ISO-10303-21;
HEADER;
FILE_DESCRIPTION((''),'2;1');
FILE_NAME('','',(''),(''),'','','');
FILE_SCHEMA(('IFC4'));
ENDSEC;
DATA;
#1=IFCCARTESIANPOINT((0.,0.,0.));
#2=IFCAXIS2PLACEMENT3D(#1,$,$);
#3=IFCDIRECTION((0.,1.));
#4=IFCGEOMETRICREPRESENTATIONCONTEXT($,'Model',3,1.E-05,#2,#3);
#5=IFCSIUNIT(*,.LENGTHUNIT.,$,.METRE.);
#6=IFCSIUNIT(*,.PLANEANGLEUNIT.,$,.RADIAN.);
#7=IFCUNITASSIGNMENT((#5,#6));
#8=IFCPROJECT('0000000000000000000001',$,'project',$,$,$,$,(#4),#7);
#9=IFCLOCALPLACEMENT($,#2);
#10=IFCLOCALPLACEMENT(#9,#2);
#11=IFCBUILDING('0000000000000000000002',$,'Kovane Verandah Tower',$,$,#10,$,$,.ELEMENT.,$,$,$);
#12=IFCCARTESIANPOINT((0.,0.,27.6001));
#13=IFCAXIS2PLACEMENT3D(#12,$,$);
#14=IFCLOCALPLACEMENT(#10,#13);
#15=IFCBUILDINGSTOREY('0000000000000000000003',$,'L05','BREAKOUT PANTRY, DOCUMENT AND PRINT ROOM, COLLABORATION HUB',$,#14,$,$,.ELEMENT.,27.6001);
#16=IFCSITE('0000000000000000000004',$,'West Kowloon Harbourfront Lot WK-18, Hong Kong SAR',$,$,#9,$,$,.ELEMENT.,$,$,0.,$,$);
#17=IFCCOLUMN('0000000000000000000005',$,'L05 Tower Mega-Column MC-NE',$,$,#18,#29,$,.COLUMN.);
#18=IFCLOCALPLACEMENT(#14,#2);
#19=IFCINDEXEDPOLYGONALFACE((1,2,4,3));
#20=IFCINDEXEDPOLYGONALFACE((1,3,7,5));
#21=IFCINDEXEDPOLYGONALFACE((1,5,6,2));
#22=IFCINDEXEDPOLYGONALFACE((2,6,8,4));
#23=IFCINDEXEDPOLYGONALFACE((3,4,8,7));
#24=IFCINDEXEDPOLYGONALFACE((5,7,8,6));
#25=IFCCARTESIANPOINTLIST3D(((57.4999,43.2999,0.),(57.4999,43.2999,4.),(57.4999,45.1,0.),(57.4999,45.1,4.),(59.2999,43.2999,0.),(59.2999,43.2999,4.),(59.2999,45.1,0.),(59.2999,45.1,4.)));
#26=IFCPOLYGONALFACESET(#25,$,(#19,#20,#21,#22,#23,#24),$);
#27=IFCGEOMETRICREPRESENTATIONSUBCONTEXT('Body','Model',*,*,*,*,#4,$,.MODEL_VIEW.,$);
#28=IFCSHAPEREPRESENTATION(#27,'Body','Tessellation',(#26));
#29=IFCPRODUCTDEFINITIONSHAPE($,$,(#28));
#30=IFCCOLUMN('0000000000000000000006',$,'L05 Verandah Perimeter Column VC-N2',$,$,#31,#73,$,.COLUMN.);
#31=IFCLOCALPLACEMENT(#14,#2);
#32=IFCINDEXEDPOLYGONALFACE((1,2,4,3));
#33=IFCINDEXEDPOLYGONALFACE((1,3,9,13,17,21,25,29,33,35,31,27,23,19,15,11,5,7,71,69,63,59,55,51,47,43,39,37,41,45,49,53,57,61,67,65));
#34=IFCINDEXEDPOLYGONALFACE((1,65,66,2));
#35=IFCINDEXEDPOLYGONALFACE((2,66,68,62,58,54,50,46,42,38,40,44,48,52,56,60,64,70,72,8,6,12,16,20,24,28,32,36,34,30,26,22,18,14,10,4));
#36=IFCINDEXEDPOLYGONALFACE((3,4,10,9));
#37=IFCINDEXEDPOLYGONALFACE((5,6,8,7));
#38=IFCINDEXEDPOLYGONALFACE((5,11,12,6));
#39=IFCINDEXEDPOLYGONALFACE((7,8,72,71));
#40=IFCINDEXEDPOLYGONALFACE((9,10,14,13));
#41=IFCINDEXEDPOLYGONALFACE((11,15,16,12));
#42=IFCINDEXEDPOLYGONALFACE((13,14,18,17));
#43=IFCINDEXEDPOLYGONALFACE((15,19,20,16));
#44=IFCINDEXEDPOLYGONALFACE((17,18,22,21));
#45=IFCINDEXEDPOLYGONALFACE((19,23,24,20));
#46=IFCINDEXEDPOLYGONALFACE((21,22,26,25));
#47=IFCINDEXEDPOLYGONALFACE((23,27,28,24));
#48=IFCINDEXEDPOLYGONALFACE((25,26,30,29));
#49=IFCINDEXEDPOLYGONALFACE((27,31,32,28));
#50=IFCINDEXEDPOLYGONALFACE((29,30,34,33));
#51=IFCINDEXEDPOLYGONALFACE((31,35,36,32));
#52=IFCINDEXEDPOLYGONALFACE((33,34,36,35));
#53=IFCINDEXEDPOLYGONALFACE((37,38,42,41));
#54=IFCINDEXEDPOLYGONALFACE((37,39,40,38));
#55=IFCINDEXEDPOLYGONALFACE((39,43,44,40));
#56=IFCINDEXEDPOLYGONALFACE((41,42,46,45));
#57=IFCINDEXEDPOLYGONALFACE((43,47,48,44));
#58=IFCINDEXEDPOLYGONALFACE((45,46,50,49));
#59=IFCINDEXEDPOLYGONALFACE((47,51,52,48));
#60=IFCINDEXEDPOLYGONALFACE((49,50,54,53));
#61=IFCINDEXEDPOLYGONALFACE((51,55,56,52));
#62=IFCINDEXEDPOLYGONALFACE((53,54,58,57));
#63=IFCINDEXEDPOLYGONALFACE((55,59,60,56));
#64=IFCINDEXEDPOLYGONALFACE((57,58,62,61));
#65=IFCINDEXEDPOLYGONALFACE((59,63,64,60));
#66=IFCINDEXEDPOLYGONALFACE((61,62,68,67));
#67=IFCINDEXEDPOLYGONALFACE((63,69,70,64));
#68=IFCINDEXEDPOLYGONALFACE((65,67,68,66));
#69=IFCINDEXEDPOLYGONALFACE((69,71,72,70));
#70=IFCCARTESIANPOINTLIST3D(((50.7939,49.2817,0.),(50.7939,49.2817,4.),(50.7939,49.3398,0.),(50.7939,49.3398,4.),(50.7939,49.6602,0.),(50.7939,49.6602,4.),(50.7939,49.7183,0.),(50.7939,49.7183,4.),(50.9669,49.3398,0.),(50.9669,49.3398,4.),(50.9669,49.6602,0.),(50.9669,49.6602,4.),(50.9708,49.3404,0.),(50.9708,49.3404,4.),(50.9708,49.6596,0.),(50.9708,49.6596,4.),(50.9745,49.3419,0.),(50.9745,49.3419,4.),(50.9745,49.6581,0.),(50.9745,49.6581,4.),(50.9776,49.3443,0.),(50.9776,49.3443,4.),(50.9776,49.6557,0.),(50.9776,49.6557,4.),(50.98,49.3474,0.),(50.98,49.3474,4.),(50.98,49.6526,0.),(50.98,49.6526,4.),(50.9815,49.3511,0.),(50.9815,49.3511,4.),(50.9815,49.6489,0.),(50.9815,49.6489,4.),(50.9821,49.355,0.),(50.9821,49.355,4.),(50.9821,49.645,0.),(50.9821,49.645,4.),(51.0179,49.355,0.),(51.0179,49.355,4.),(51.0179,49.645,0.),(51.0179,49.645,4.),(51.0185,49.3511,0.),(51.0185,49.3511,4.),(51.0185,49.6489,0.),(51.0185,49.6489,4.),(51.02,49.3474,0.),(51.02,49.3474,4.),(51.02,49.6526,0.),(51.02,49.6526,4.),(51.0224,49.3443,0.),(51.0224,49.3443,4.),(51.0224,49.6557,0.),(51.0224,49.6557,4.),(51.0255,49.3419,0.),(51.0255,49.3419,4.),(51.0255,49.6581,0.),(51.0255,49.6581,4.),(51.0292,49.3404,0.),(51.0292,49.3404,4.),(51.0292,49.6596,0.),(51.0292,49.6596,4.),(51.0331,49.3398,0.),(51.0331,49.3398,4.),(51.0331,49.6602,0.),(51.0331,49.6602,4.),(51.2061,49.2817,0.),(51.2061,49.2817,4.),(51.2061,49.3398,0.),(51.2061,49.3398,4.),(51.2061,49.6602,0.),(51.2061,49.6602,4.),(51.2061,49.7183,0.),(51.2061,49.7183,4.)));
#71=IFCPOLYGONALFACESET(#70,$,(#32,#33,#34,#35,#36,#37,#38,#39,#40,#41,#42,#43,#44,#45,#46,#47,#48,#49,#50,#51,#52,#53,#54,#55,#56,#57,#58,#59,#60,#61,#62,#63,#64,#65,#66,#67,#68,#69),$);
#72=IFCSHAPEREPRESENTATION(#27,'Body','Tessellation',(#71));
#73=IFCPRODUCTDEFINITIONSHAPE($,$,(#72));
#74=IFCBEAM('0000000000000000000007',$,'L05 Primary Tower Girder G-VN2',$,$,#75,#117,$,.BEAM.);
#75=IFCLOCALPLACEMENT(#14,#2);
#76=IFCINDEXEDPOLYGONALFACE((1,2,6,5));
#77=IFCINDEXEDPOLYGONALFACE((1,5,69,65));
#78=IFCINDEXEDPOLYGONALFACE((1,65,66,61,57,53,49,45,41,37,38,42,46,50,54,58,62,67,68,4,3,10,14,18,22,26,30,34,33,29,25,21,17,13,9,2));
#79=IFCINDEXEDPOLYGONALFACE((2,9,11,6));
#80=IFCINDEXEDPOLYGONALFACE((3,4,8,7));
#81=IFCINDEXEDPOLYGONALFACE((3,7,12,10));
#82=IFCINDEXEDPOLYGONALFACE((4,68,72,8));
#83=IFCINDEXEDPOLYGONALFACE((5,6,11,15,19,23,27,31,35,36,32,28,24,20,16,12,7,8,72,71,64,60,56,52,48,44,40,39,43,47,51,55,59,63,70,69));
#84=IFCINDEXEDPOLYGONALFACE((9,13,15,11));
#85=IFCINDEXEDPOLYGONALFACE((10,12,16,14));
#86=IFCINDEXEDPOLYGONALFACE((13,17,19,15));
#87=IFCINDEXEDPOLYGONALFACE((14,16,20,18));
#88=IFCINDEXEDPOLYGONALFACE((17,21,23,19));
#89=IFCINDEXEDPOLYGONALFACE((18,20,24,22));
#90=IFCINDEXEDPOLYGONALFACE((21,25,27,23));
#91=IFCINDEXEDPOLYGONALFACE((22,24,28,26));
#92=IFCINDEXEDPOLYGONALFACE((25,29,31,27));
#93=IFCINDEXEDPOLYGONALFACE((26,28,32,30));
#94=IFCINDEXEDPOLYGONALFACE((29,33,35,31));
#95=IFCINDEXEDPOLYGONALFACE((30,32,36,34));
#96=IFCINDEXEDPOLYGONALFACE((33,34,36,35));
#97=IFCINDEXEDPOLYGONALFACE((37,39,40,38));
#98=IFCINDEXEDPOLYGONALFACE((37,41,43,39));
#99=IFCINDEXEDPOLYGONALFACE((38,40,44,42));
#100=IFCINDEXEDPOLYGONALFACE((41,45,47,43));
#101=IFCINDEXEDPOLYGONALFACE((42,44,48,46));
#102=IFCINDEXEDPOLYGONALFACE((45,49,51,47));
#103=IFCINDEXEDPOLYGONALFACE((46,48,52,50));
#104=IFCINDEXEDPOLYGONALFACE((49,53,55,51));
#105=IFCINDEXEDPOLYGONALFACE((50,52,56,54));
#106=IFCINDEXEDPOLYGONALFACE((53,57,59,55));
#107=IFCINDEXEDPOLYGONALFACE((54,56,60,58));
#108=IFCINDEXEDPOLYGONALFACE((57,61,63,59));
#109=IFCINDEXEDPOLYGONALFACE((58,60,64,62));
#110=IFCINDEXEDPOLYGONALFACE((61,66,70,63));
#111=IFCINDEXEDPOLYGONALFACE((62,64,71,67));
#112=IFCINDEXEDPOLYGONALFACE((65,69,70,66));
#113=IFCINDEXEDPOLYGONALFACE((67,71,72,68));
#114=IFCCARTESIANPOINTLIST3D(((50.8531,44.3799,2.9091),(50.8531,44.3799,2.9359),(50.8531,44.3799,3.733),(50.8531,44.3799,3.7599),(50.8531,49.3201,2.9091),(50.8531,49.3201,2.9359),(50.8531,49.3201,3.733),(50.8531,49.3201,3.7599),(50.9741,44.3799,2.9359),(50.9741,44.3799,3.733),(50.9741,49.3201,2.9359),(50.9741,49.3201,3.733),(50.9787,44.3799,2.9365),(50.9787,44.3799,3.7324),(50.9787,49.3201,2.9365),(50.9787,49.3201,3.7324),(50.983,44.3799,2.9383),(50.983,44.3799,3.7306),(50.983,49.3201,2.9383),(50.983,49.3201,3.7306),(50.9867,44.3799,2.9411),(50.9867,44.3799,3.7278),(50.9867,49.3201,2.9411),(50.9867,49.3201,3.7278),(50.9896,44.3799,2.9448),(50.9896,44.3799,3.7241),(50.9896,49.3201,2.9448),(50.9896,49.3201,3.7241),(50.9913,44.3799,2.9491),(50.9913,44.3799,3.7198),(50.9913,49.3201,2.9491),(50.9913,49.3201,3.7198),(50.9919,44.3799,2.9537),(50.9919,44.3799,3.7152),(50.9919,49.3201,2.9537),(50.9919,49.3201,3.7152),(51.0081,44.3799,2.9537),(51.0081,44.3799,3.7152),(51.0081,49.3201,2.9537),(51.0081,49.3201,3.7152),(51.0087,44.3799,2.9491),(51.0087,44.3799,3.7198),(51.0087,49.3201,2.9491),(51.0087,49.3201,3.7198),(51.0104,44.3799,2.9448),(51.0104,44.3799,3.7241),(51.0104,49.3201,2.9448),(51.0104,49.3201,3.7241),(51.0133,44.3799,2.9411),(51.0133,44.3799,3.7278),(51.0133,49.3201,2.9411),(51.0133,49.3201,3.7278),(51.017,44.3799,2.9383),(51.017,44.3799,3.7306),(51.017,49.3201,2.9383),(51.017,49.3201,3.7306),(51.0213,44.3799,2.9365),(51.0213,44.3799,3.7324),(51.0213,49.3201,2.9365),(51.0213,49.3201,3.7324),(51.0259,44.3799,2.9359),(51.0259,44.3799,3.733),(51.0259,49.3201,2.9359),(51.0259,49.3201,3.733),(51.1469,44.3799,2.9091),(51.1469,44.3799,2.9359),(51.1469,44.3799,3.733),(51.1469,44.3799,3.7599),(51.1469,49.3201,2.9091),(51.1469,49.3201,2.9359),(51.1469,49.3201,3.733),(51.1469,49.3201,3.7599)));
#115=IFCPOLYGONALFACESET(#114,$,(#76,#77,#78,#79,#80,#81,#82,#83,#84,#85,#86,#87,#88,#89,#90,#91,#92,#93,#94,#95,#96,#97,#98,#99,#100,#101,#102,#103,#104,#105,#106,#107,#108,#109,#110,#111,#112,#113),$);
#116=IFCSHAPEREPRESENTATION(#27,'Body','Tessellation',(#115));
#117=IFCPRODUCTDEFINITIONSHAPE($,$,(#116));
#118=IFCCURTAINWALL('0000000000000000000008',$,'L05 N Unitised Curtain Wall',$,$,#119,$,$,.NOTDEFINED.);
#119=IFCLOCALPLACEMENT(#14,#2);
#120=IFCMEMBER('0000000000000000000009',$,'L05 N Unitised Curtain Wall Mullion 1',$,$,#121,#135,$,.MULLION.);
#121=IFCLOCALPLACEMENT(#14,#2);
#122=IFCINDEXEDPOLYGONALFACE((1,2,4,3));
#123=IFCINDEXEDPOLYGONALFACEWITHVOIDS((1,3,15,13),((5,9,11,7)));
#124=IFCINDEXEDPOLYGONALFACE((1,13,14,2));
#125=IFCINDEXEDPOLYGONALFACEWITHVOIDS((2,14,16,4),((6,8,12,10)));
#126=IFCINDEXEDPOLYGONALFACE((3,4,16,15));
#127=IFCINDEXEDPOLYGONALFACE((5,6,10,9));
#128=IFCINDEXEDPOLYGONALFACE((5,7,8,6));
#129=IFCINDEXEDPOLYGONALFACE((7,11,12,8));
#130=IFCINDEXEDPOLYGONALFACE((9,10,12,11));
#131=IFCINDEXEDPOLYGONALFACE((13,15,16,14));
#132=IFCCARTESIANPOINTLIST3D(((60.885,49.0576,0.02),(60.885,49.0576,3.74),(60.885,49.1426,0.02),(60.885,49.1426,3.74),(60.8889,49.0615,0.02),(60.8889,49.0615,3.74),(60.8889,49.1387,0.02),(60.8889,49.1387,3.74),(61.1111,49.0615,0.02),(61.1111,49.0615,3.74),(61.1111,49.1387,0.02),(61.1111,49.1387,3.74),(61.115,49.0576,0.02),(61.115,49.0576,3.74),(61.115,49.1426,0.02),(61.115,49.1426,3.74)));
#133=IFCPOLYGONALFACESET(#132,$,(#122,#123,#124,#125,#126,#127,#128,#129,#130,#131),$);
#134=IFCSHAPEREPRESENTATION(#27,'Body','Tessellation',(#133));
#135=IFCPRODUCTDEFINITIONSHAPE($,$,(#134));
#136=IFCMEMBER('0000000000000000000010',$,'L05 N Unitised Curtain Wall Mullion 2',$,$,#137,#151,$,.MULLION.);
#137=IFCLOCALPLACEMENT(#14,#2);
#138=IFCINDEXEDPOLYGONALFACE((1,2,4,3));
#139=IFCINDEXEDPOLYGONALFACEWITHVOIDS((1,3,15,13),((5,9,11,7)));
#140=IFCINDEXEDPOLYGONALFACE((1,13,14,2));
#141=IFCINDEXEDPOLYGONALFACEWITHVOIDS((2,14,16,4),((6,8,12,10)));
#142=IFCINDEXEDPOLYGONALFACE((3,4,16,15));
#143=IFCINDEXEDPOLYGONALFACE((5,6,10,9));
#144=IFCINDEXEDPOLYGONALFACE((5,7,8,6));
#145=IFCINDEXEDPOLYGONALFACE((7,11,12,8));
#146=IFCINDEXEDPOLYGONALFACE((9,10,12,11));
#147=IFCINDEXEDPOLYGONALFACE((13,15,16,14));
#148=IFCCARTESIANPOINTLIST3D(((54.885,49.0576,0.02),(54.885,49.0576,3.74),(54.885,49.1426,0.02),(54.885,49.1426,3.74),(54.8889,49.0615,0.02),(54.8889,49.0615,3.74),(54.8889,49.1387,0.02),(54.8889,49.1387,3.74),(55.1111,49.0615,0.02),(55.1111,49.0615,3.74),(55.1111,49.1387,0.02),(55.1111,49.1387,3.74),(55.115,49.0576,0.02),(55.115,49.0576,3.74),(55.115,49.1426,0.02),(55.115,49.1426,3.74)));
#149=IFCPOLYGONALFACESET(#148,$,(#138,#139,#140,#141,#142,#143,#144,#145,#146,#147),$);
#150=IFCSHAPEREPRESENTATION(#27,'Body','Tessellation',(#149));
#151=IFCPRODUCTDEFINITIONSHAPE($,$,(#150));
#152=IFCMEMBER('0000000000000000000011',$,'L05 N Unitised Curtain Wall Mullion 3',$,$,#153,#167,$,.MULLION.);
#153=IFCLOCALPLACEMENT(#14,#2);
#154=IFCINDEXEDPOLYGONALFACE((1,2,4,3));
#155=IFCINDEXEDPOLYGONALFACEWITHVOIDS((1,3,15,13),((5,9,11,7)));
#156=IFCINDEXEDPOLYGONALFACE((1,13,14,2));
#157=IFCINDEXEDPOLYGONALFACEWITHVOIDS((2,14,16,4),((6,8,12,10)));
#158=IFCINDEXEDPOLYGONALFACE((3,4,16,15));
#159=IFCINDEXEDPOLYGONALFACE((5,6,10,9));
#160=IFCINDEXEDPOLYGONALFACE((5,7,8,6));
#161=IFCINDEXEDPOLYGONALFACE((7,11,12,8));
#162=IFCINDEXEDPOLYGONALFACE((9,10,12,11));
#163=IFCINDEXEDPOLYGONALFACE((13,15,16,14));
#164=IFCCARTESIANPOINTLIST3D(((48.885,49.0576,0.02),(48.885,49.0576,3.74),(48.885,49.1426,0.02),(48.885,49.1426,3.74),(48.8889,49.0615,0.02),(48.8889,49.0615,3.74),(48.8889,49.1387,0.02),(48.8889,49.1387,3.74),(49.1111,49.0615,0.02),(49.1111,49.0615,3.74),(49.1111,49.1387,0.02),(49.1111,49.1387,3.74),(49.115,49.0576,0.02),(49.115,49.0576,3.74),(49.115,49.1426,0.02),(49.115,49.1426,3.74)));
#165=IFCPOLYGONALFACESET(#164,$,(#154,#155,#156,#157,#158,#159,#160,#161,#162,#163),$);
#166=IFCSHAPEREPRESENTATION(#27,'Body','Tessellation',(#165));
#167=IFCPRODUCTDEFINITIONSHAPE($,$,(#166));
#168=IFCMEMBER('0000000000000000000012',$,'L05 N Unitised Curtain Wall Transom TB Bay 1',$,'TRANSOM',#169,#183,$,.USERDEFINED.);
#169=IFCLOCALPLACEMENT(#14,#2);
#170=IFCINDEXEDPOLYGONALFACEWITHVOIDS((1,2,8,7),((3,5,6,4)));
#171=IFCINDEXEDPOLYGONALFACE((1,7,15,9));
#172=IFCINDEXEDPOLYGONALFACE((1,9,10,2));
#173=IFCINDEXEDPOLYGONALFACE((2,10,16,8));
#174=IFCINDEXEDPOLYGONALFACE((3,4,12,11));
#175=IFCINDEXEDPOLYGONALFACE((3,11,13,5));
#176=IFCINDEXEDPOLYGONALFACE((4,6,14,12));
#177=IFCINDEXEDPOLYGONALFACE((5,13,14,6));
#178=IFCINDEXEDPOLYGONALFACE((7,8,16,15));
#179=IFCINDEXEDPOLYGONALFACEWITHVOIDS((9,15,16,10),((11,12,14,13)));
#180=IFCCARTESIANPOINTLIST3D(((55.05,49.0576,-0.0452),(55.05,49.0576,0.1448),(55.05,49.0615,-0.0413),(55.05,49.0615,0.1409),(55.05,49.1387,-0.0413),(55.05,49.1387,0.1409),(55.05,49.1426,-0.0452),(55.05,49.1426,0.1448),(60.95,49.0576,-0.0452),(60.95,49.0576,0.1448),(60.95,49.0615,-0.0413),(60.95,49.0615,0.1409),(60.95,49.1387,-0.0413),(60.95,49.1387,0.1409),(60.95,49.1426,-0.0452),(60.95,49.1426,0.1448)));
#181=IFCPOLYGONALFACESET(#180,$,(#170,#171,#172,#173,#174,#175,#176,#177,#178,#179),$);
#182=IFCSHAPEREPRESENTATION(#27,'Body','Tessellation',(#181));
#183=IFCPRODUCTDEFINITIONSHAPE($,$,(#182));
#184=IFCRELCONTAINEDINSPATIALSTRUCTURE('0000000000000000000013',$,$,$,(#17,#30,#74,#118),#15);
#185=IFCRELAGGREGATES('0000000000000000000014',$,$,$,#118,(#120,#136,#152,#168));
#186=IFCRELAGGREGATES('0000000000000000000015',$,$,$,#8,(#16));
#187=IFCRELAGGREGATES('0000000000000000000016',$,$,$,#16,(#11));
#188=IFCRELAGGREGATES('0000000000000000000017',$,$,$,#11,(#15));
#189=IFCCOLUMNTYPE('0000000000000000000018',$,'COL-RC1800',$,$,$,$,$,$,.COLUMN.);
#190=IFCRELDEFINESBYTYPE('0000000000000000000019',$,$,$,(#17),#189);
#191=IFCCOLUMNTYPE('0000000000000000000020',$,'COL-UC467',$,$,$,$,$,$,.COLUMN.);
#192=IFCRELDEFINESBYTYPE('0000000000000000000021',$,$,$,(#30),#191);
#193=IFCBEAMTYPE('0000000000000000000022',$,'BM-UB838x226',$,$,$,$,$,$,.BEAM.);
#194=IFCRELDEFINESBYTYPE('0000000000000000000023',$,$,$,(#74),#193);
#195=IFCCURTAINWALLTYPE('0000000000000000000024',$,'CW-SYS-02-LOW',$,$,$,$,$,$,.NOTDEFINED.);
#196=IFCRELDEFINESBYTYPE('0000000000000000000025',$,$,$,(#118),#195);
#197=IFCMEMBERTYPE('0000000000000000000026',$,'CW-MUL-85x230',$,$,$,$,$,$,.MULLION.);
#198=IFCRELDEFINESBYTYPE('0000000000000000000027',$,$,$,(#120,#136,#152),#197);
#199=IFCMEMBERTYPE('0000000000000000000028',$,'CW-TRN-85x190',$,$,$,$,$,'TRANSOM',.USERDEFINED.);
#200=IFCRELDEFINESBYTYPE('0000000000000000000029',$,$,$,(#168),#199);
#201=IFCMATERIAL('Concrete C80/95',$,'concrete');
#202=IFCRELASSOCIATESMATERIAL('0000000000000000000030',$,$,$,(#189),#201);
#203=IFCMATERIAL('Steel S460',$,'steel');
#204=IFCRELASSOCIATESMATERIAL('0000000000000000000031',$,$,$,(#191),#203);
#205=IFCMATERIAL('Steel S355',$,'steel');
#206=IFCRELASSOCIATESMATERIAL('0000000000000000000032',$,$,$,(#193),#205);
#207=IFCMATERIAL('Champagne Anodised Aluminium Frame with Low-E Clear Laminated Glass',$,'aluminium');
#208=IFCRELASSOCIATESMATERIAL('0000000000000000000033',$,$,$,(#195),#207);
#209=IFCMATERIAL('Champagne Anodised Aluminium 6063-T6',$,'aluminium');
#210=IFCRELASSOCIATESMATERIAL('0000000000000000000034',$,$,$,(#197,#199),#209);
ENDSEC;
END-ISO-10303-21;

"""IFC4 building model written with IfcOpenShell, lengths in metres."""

from ifc_helpers import new_model, si_unit, direction, frame, origin, origin_2d, place, context, subcontext, project, spatial, rectangle, hollow_rectangle, i_section, extrude, material, material_profile, profile_set, type_object, element, aggregate, save


model = new_model("IFC4")

# Units and contexts
model_context = context("Model", 3, precision=1e-05, world=origin(), true_north=direction((0.0, 1.0)))
body_context = subcontext(model_context, "Body", "Model", "MODEL_VIEW")
ifc_project = project(units=[si_unit("LENGTHUNIT", "METRE"), si_unit("PLANEANGLEUNIT", "RADIAN")], contexts=[model_context])

# Site, building, storey
site_placement = place(None, origin())
site = spatial("IfcSite", under=ifc_project, at=site_placement, Name="West Kowloon Harbourfront Lot WK-18, Hong Kong SAR", CompositionType="ELEMENT", RefElevation=0.0)
building_placement = place(site_placement, origin())
building = spatial("IfcBuilding", under=site, at=building_placement, Name="Kovane Verandah Tower", CompositionType="ELEMENT")
storey_placement = place(building_placement, frame((0.0, 0.0, 27.6001)))
storey = spatial("IfcBuildingStorey", under=building, at=storey_placement, Name="L05", Description="BREAKOUT PANTRY, DOCUMENT AND PRINT ROOM, COLLABORATION HUB", CompositionType="ELEMENT", Elevation=27.6001)

# Columns
ifc_material_1 = material(Name="Concrete C80/95", Category="concrete")
ifc_material_profile_1 = material_profile(ifc_material_1, rectangle(XDim=1.8, YDim=1.8, at=origin_2d()), Name="RC1800x1800")
ifc_profile_set_1 = profile_set([ifc_material_profile_1], Name="Concrete C80/95")
column_type_1 = type_object("IfcColumnType", Name="COL-RC1800", PredefinedType="COLUMN", material=ifc_profile_set_1)
column_1_placement = place(storey_placement, frame((58.3999, 44.2, 0.0), z_axis=(0.0, 0.0, 1.0), x_axis=(1.0, 0.0, 0.0)))
element("IfcColumn", 1, at=column_1_placement, inside=storey, type_object=column_type_1, Name="L05 Tower Mega-Column MC-NE", PredefinedType="COLUMN", context=body_context, shape_type="SweptSolid", body=[
    extrude(rectangle(XDim=1.8, YDim=1.8, at=origin_2d()), origin(), (0.0, 0.0, 1.0), 4.0),
])
ifc_material_2 = material(Name="Steel S460", Category="steel")
ifc_material_profile_2 = material_profile(ifc_material_2, i_section(OverallWidth=0.4121, OverallDepth=0.4365, WebThickness=0.0359, FlangeThickness=0.0581, FilletRadius=0.0151, at=origin_2d()), Name="UC356x406x467")
ifc_profile_set_2 = profile_set([ifc_material_profile_2], Name="Steel S460")
column_type_2 = type_object("IfcColumnType", Name="COL-UC467", PredefinedType="COLUMN", material=ifc_profile_set_2)
column_2_placement = place(storey_placement, frame((51.0, 49.5, 0.0), z_axis=(0.0, 0.0, 1.0), x_axis=(1.0, 0.0, 0.0)))
element("IfcColumn", 2, at=column_2_placement, inside=storey, type_object=column_type_2, Name="L05 Verandah Perimeter Column VC-N2", PredefinedType="COLUMN", context=body_context, shape_type="SweptSolid", body=[
    extrude(i_section(OverallWidth=0.4121, OverallDepth=0.4365, WebThickness=0.0359, FlangeThickness=0.0581, FilletRadius=0.0151, at=origin_2d()), origin(), (0.0, 0.0, 1.0), 4.0),
])

# Beam
ifc_material_3 = material(Name="Steel S355", Category="steel")
ifc_material_profile_3 = material_profile(ifc_material_3, i_section(OverallWidth=0.2937, OverallDepth=0.8508, WebThickness=0.0161, FlangeThickness=0.0269, FilletRadius=0.0178, at=origin_2d()), Name="UB838x292x226")
ifc_profile_set_3 = profile_set([ifc_material_profile_3], Name="Steel S355")
beam_type = type_object("IfcBeamType", Name="BM-UB838x226", PredefinedType="BEAM", material=ifc_profile_set_3)
beam_placement = place(storey_placement, frame((51.0, 44.3799, 3.3345), z_axis=(0.0, 1.0, 0.0), x_axis=(-1.0, 0.0, 0.0)))
element("IfcBeam", 3, at=beam_placement, inside=storey, type_object=beam_type, Name="L05 Primary Tower Girder G-VN2", PredefinedType="BEAM", context=body_context, shape_type="SweptSolid", body=[
    extrude(i_section(OverallWidth=0.2937, OverallDepth=0.8508, WebThickness=0.0161, FlangeThickness=0.0269, FilletRadius=0.0178, at=origin_2d()), origin(), (0.0, 0.0, 1.0), 4.9402),
])

# Curtain wall, members
ifc_material_4 = material(Name="Champagne Anodised Aluminium Frame with Low-E Clear Laminated Glass", Category="aluminium")
curtain_wall_type = type_object("IfcCurtainWallType", Name="CW-SYS-02-LOW", PredefinedType="NOTDEFINED", material=ifc_material_4)
curtain_wall_placement = place(storey_placement, origin())
curtain_wall = element("IfcCurtainWall", 4, at=curtain_wall_placement, inside=storey, type_object=curtain_wall_type, Name="L05 N Unitised Curtain Wall", PredefinedType="NOTDEFINED")
ifc_material_5 = material(Name="Champagne Anodised Aluminium 6063-T6", Category="aluminium")
ifc_material_profile_4 = material_profile(ifc_material_5, hollow_rectangle(XDim=0.085, YDim=0.23, WallThickness=0.0039, at=origin_2d()), Name="AL85x230x4")
ifc_profile_set_4 = profile_set([ifc_material_profile_4], Name="Champagne Anodised Aluminium 6063-T6")
member_type_1 = type_object("IfcMemberType", Name="CW-MUL-85x230", PredefinedType="MULLION", material=ifc_profile_set_4)
member_1_placement = place(storey_placement, frame((61.0, 49.1001, 0.02), z_axis=(0.0, 0.0, 1.0), x_axis=(0.0, 1.0, 0.0)))
member_1 = element("IfcMember", 5, at=member_1_placement, type_object=member_type_1, Name="L05 N Unitised Curtain Wall Mullion 1", PredefinedType="MULLION", context=body_context, shape_type="SweptSolid", body=[
    extrude(hollow_rectangle(XDim=0.085, YDim=0.23, WallThickness=0.0039, at=origin_2d()), origin(), (0.0, 0.0, 1.0), 3.72),
])
member_2_placement = place(storey_placement, frame((55.0, 49.1001, 0.02), z_axis=(0.0, 0.0, 1.0), x_axis=(0.0, 1.0, 0.0)))
member_2 = element("IfcMember", 6, at=member_2_placement, type_object=member_type_1, Name="L05 N Unitised Curtain Wall Mullion 2", PredefinedType="MULLION", context=body_context, shape_type="SweptSolid", body=[
    extrude(hollow_rectangle(XDim=0.085, YDim=0.23, WallThickness=0.0039, at=origin_2d()), origin(), (0.0, 0.0, 1.0), 3.72),
])
member_3_placement = place(storey_placement, frame((49.0, 49.1001, 0.02), z_axis=(0.0, 0.0, 1.0), x_axis=(0.0, 1.0, 0.0)))
member_3 = element("IfcMember", 7, at=member_3_placement, type_object=member_type_1, Name="L05 N Unitised Curtain Wall Mullion 3", PredefinedType="MULLION", context=body_context, shape_type="SweptSolid", body=[
    extrude(hollow_rectangle(XDim=0.085, YDim=0.23, WallThickness=0.0039, at=origin_2d()), origin(), (0.0, 0.0, 1.0), 3.72),
])
ifc_material_profile_5 = material_profile(ifc_material_5, hollow_rectangle(XDim=0.085, YDim=0.1899, WallThickness=0.0039, at=origin_2d()), Name="AL85x190x4")
ifc_profile_set_5 = profile_set([ifc_material_profile_5], Name="Champagne Anodised Aluminium 6063-T6")
member_type_2 = type_object("IfcMemberType", Name="CW-TRN-85x190", ElementType="TRANSOM", PredefinedType="USERDEFINED", material=ifc_profile_set_5)
member_4_placement = place(storey_placement, frame((60.95, 49.1001, 0.0498), z_axis=(-1.0, 0.0, 0.0), x_axis=(0.0, -1.0, 0.0)))
member_4 = element("IfcMember", 8, at=member_4_placement, type_object=member_type_2, Name="L05 N Unitised Curtain Wall Transom TB Bay 1", ObjectType="TRANSOM", PredefinedType="USERDEFINED", context=body_context, shape_type="SweptSolid", body=[
    extrude(hollow_rectangle(XDim=0.085, YDim=0.1899, WallThickness=0.0039, at=origin_2d()), origin(), (0.0, 0.0, 1.0), 5.8999),
])
aggregate(curtain_wall, [member_1, member_2, member_3, member_4])

save(model, "model.ifc")
